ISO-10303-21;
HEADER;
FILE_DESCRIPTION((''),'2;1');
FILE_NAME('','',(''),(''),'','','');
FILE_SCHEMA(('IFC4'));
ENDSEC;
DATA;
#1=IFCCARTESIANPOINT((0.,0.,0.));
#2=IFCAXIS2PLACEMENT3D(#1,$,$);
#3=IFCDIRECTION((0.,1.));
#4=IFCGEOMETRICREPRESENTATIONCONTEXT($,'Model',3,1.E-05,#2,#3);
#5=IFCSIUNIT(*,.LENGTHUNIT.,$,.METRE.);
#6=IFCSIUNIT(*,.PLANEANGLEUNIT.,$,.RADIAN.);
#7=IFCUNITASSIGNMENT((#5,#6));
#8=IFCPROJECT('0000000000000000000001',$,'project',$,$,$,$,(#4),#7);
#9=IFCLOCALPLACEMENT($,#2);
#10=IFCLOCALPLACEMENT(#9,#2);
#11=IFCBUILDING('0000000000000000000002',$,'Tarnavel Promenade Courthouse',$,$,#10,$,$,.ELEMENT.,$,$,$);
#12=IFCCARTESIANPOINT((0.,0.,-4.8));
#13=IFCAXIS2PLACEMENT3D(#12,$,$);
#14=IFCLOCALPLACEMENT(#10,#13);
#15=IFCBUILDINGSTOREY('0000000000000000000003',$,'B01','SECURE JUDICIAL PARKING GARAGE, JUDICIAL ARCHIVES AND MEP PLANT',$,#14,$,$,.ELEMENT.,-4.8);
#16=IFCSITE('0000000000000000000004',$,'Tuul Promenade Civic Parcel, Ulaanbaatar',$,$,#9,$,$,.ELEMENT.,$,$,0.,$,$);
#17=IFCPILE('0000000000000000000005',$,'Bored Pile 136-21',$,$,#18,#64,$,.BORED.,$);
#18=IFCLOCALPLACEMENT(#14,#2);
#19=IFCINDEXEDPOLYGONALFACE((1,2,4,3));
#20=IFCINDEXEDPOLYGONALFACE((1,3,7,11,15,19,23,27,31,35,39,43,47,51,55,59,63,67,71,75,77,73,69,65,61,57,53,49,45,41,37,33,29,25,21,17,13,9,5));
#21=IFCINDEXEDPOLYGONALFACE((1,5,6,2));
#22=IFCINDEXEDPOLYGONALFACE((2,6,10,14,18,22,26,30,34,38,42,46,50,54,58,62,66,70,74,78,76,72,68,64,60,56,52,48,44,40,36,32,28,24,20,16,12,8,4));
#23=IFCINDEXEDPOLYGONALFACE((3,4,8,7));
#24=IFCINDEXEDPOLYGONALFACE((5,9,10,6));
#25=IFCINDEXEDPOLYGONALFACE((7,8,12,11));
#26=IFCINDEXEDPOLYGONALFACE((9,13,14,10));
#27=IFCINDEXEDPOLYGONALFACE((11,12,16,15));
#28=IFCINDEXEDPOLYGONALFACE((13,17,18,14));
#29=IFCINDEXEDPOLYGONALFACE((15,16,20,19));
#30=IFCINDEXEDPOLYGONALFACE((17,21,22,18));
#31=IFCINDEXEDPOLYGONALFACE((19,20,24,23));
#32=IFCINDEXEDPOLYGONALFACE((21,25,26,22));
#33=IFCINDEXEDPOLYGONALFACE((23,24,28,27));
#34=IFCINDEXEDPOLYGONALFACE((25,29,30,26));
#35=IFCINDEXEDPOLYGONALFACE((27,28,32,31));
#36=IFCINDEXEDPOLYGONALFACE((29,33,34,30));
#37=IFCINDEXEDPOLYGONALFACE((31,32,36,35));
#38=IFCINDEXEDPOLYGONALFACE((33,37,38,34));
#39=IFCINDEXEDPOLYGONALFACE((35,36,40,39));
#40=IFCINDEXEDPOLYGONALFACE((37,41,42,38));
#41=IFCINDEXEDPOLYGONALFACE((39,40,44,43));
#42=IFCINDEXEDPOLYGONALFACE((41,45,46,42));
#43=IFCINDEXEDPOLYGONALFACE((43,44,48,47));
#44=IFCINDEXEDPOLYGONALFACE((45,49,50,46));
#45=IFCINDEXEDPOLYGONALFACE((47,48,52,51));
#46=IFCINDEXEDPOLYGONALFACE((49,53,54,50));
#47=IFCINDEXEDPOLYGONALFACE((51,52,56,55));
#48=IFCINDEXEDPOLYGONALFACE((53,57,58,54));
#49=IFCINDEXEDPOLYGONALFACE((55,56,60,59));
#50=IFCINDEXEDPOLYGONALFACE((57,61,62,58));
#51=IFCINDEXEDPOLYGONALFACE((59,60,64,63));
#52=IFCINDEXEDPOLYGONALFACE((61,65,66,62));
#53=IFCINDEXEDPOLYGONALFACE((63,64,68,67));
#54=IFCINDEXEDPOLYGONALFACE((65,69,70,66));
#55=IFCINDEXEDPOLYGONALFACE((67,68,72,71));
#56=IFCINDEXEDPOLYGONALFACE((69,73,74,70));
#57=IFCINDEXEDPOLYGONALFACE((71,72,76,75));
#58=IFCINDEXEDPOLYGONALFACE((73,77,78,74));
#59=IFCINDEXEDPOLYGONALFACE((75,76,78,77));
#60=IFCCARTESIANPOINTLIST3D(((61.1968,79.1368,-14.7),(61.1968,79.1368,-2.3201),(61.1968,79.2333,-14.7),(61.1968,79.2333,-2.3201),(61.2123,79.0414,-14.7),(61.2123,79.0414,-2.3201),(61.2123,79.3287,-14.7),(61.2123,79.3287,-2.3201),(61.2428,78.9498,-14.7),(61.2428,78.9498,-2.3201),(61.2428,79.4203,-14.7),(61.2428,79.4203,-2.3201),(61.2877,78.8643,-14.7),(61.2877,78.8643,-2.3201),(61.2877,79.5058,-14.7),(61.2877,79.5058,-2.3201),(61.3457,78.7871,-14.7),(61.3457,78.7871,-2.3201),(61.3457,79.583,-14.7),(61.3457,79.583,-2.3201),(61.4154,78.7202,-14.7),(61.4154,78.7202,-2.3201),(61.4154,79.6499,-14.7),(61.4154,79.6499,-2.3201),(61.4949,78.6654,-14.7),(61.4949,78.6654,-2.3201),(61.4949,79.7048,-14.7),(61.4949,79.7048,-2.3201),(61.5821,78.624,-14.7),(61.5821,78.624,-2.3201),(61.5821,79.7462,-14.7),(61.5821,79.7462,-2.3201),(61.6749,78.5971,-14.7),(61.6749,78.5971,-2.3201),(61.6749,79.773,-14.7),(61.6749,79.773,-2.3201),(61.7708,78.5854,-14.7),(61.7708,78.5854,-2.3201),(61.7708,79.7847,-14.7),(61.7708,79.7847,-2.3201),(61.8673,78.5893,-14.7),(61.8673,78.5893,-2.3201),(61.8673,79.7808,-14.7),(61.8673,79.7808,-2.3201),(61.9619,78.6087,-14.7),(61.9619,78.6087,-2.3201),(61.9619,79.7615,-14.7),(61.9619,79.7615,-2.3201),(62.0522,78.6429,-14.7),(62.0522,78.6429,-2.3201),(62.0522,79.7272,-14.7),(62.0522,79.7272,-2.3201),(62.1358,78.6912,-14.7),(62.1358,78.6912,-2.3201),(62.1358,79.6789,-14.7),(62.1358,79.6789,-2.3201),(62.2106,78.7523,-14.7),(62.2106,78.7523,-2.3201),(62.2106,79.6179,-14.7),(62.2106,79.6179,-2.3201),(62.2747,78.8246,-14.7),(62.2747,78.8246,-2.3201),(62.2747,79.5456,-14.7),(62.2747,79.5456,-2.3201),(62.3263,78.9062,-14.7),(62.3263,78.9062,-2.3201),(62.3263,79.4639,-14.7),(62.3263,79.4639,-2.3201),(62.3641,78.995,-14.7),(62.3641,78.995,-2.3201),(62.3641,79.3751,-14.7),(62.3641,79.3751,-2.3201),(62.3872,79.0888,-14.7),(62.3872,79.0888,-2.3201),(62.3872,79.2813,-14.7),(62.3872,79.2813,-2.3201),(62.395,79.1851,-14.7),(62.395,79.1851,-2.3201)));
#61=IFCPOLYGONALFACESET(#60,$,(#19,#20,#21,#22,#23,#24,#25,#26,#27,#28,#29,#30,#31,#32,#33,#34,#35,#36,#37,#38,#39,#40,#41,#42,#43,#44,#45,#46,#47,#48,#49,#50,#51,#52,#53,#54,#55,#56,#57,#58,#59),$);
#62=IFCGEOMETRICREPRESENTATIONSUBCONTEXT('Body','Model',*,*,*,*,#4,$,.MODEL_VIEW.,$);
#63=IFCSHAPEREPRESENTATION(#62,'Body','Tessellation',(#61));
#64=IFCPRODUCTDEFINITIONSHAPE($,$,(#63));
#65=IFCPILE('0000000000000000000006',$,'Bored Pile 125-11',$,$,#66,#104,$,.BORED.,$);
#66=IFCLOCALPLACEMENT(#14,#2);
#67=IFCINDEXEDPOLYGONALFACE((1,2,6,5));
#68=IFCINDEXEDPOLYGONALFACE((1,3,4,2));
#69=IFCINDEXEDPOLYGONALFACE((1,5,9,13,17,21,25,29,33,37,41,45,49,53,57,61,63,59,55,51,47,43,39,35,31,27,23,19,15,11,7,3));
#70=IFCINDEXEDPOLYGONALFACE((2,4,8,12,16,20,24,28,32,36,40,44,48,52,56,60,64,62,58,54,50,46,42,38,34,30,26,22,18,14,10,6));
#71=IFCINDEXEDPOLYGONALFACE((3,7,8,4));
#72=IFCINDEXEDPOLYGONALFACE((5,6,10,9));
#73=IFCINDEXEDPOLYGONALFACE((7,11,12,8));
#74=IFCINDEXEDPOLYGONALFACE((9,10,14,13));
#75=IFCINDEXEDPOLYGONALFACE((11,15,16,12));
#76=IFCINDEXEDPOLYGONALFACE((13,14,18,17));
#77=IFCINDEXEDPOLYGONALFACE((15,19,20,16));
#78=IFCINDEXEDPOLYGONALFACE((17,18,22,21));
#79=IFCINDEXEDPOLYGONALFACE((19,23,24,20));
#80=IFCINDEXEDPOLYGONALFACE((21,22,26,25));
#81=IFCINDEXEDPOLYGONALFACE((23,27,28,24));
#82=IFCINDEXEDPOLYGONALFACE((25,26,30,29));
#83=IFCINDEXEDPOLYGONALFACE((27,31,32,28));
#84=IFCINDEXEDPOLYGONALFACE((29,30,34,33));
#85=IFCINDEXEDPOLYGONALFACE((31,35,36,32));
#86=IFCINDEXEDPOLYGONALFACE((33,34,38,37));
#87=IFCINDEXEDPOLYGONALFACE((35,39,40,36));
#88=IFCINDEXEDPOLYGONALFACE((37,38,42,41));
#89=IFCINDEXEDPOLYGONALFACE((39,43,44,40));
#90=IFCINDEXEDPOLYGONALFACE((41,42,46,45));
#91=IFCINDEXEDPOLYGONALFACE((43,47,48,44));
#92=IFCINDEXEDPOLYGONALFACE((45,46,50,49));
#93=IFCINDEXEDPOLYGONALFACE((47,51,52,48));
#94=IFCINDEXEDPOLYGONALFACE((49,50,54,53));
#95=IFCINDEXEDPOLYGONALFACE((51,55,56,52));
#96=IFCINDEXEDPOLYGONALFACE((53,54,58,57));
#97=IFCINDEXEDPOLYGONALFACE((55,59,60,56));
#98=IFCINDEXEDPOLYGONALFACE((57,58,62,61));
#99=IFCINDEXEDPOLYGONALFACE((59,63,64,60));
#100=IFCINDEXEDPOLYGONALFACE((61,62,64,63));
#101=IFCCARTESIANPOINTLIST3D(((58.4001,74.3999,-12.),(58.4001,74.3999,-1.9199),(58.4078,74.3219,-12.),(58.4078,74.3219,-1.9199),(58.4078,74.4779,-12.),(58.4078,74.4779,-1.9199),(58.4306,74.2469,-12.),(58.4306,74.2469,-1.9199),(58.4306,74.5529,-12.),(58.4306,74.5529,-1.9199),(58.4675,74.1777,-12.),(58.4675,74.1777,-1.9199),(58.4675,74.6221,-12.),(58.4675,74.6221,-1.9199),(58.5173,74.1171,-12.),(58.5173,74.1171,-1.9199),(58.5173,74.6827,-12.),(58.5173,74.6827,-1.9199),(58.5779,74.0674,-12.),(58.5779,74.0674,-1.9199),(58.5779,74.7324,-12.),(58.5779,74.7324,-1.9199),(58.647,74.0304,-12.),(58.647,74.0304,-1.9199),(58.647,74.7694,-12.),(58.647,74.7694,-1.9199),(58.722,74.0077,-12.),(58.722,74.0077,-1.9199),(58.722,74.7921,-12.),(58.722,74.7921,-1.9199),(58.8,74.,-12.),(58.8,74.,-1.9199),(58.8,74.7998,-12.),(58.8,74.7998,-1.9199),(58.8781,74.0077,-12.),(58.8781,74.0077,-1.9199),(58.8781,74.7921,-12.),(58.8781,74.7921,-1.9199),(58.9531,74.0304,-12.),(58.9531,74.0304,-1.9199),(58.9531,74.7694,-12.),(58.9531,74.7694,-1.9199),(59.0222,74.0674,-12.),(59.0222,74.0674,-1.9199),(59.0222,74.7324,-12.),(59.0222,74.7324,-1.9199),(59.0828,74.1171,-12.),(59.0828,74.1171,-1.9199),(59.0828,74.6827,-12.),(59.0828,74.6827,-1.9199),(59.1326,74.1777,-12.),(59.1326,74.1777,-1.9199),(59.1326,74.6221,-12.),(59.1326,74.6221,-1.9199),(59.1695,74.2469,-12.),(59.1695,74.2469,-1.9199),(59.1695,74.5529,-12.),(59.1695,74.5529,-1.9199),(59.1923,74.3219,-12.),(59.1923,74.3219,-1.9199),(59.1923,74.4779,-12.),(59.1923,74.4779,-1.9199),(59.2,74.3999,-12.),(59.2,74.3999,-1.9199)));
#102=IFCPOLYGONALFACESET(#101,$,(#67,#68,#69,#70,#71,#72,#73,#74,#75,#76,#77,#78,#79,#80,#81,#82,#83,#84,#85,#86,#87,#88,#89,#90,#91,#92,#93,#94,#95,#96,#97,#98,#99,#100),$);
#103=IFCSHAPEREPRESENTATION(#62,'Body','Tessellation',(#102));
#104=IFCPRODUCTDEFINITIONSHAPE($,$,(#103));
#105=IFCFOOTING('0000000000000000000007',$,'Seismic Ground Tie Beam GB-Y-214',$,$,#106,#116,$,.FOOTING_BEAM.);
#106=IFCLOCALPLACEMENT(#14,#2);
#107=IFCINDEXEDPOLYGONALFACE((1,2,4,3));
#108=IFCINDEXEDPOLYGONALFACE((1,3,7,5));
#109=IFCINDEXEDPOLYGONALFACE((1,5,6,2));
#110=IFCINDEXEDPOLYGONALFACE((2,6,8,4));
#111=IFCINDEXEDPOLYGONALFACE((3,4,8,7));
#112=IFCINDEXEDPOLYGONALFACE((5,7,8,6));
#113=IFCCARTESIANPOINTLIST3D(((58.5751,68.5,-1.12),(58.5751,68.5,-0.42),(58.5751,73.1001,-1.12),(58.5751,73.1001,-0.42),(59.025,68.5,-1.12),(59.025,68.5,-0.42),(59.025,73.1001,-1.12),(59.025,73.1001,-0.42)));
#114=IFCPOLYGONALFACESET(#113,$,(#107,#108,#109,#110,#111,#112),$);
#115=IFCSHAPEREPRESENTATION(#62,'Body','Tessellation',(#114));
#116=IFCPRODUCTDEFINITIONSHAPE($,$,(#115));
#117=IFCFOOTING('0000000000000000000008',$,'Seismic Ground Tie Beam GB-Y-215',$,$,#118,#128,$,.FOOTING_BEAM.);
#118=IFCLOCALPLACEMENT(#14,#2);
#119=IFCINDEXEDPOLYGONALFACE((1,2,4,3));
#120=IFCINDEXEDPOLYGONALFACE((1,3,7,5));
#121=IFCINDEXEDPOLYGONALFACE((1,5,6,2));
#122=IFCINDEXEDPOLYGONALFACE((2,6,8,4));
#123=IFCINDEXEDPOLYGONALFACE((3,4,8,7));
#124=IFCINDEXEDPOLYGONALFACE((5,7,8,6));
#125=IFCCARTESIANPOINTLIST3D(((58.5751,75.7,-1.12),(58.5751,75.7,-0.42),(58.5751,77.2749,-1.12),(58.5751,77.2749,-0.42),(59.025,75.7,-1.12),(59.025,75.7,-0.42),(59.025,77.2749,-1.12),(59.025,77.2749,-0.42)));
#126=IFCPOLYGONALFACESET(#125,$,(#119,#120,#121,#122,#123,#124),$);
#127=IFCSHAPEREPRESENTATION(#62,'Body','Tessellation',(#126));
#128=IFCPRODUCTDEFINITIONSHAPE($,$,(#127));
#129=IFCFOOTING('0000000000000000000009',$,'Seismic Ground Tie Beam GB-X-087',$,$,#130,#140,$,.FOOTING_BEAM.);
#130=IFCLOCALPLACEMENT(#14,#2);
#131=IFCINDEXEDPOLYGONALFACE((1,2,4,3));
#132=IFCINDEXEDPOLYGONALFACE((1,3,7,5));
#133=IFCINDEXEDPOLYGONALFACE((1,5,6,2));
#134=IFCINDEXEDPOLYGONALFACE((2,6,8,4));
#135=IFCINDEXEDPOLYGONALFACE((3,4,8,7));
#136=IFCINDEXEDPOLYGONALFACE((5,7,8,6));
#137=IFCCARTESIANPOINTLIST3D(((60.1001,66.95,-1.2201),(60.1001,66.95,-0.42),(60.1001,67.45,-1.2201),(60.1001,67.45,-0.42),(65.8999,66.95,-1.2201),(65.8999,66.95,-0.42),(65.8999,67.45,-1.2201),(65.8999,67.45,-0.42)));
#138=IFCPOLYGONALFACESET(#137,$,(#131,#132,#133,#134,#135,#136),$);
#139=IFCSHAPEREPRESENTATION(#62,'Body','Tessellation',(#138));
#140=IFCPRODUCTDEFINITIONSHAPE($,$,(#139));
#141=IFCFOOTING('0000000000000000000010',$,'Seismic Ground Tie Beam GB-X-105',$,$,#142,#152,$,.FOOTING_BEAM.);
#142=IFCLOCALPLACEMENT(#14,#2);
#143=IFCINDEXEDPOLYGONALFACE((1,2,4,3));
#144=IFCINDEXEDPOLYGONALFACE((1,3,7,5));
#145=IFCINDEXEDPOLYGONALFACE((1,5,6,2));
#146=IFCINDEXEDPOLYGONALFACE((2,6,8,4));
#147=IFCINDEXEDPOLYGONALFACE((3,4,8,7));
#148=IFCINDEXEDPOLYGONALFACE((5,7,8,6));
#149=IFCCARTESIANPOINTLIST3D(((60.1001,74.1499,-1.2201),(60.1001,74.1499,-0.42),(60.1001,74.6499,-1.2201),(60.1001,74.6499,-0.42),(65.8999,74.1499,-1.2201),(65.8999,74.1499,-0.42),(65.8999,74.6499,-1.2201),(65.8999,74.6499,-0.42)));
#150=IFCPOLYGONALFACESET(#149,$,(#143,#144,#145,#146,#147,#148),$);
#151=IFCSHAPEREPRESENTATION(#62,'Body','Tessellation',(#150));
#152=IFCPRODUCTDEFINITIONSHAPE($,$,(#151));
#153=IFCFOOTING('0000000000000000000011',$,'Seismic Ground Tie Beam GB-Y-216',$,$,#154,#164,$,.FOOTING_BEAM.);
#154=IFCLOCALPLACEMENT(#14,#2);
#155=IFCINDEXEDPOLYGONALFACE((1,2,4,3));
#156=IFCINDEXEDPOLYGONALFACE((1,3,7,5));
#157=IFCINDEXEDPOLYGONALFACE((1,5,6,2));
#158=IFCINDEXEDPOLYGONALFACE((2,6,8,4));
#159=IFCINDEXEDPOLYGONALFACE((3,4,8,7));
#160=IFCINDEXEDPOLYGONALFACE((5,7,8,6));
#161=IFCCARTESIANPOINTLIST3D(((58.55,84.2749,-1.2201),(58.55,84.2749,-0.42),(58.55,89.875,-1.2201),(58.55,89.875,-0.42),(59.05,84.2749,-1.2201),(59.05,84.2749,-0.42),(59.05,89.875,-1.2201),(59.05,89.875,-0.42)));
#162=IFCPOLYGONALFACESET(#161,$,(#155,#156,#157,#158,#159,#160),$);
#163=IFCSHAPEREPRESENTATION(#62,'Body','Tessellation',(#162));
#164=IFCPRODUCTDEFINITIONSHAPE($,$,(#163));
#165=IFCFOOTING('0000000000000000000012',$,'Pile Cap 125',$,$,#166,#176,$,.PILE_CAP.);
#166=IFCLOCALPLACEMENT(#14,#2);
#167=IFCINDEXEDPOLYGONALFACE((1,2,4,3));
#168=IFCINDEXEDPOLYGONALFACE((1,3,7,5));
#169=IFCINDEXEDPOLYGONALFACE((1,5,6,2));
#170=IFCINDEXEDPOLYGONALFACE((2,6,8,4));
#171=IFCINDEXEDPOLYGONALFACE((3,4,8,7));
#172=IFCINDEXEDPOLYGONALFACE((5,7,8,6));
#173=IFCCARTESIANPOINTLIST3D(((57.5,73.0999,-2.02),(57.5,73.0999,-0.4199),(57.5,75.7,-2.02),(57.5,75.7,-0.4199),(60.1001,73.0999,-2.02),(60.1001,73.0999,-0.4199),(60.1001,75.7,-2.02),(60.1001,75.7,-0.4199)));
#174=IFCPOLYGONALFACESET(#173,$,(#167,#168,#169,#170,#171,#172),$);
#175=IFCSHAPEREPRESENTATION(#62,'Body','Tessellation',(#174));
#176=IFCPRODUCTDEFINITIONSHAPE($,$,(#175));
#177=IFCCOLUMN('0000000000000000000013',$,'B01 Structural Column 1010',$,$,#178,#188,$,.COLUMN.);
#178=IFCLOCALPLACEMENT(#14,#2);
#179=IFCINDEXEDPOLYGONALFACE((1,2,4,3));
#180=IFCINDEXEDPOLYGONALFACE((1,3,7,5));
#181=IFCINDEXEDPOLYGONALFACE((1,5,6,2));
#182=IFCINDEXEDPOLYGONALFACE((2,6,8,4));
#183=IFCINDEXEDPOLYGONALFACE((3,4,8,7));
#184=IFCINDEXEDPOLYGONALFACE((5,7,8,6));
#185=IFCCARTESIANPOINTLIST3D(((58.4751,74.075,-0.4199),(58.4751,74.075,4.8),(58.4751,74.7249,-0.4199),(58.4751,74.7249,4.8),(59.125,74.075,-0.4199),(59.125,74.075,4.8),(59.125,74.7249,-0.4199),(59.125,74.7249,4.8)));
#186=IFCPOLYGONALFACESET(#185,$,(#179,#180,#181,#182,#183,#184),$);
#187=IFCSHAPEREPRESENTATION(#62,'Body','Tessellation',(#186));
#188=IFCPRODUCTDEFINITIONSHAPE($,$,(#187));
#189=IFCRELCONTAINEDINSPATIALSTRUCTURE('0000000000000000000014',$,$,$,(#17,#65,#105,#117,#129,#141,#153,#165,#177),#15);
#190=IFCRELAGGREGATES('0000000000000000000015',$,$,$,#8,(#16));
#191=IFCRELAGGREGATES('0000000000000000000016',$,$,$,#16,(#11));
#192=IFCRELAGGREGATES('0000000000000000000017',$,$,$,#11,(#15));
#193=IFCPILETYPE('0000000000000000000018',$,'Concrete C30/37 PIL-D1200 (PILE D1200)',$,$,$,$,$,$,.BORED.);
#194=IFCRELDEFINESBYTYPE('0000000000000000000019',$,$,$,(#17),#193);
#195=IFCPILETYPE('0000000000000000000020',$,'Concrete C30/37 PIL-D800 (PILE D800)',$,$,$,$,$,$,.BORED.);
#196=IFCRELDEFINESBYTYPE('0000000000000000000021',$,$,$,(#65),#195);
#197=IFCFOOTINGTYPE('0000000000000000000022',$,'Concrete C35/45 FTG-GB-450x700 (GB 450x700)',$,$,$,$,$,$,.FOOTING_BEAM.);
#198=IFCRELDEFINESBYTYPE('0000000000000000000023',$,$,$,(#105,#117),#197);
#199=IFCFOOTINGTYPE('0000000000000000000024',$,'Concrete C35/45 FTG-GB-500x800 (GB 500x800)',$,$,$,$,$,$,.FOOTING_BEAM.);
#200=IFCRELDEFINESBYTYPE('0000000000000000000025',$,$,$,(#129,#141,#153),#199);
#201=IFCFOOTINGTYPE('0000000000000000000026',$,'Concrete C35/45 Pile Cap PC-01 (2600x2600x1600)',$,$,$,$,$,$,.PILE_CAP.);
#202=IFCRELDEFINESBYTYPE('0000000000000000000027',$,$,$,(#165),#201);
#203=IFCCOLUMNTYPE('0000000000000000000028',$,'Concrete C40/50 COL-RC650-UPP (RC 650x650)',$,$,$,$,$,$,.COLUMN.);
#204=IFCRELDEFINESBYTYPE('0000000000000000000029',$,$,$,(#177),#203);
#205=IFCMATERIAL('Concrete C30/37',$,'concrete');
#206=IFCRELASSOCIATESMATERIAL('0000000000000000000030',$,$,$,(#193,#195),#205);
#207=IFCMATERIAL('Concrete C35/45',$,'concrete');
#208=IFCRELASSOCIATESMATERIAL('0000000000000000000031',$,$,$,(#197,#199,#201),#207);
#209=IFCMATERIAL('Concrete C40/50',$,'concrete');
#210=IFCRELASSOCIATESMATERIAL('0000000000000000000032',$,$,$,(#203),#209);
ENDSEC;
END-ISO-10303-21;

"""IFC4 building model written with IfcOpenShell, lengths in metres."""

from ifc_helpers import new_model, si_unit, direction, frame, origin, origin_2d, place, context, subcontext, project, spatial, rectangle, circle, extrude, material, material_profile, profile_set, type_object, element, save


model = new_model("IFC4")

# Units and contexts
model_context = context("Model", 3, precision=1e-05, world=origin(), true_north=direction((0.0, 1.0)))
body_context = subcontext(model_context, "Body", "Model", "MODEL_VIEW")
ifc_project = project(units=[si_unit("LENGTHUNIT", "METRE"), si_unit("PLANEANGLEUNIT", "RADIAN")], contexts=[model_context])

# Site, building, storey
site_placement = place(None, origin())
site = spatial("IfcSite", under=ifc_project, at=site_placement, Name="Tuul Promenade Civic Parcel, Ulaanbaatar", CompositionType="ELEMENT", RefElevation=0.0)
building_placement = place(site_placement, origin())
building = spatial("IfcBuilding", under=site, at=building_placement, Name="Tarnavel Promenade Courthouse", CompositionType="ELEMENT")
storey_placement = place(building_placement, frame((0.0, 0.0, -4.8)))
storey = spatial("IfcBuildingStorey", under=building, at=storey_placement, Name="B01", Description="SECURE JUDICIAL PARKING GARAGE, JUDICIAL ARCHIVES AND MEP PLANT", CompositionType="ELEMENT", Elevation=-4.8)

# Piles
ifc_material_1 = material(Name="Concrete C30/37", Category="concrete")
ifc_material_profile_1 = material_profile(ifc_material_1, circle(Radius=0.6001, at=origin_2d()), Name="PILE D1200")
ifc_profile_set_1 = profile_set([ifc_material_profile_1], Name="Concrete C30/37")
pile_type_1 = type_object("IfcPileType", Name="Concrete C30/37 PIL-D1200 (PILE D1200)", PredefinedType="BORED", material=ifc_profile_set_1)
pile_1_placement = place(storey_placement, frame((61.7949, 79.1851, -2.3201), z_axis=(0.0, 0.0, -1.0), x_axis=(1.0, 0.0, 0.0)))
element("IfcPile", 1, at=pile_1_placement, inside=storey, type_object=pile_type_1, Name="Bored Pile 136-21", PredefinedType="BORED", context=body_context, shape_type="SweptSolid", body=[
    extrude(circle(Radius=0.6001, at=origin_2d()), origin(), (0.0, 0.0, 1.0), 12.3799),
])
ifc_material_profile_2 = material_profile(ifc_material_1, circle(Radius=0.3999, at=origin_2d()), Name="PILE D800")
ifc_profile_set_2 = profile_set([ifc_material_profile_2], Name="Concrete C30/37")
pile_type_2 = type_object("IfcPileType", Name="Concrete C30/37 PIL-D800 (PILE D800)", PredefinedType="BORED", material=ifc_profile_set_2)
pile_2_placement = place(storey_placement, frame((58.8, 74.3999, -1.9199), z_axis=(0.0, 0.0, -1.0), x_axis=(1.0, 0.0, 0.0)))
element("IfcPile", 2, at=pile_2_placement, inside=storey, type_object=pile_type_2, Name="Bored Pile 125-11", PredefinedType="BORED", context=body_context, shape_type="SweptSolid", body=[
    extrude(circle(Radius=0.3999, at=origin_2d()), origin(), (0.0, 0.0, 1.0), 10.0801),
])

# Footings
ifc_material_2 = material(Name="Concrete C35/45", Category="concrete")
ifc_material_profile_3 = material_profile(ifc_material_2, rectangle(XDim=0.45, YDim=0.7, at=origin_2d()), Name="GB 450x700")
ifc_profile_set_3 = profile_set([ifc_material_profile_3], Name="Concrete C35/45")
footing_type_1 = type_object("IfcFootingType", Name="Concrete C35/45 FTG-GB-450x700 (GB 450x700)", PredefinedType="FOOTING_BEAM", material=ifc_profile_set_3)
footing_1_placement = place(storey_placement, frame((58.8, 68.5, -0.77), z_axis=(0.0, 1.0, 0.0), x_axis=(-1.0, 0.0, 0.0)))
element("IfcFooting", 3, at=footing_1_placement, inside=storey, type_object=footing_type_1, Name="Seismic Ground Tie Beam GB-Y-214", PredefinedType="FOOTING_BEAM", context=body_context, shape_type="SweptSolid", body=[
    extrude(rectangle(XDim=0.45, YDim=0.7, at=origin_2d()), origin(), (0.0, 0.0, 1.0), 4.6001),
])
footing_2_placement = place(storey_placement, frame((58.8, 75.7, -0.77), z_axis=(0.0, 1.0, 0.0), x_axis=(-1.0, 0.0, 0.0)))
element("IfcFooting", 4, at=footing_2_placement, inside=storey, type_object=footing_type_1, Name="Seismic Ground Tie Beam GB-Y-215", PredefinedType="FOOTING_BEAM", context=body_context, shape_type="SweptSolid", body=[
    extrude(rectangle(XDim=0.45, YDim=0.7, at=origin_2d()), origin(), (0.0, 0.0, 1.0), 1.575),
])
ifc_material_profile_4 = material_profile(ifc_material_2, rectangle(XDim=0.5, YDim=0.8, at=origin_2d()), Name="GB 500x800")
ifc_profile_set_4 = profile_set([ifc_material_profile_4], Name="Concrete C35/45")
footing_type_2 = type_object("IfcFootingType", Name="Concrete C35/45 FTG-GB-500x800 (GB 500x800)", PredefinedType="FOOTING_BEAM", material=ifc_profile_set_4)
for number, where, z_axis, x_axis, name in (
    (5, (60.1001, 67.2, -0.8201), (1.0, 0.0, 0.0), (0.0, 1.0, 0.0), "Seismic Ground Tie Beam GB-X-087"),
    (6, (60.1001, 74.3999, -0.8201), (1.0, 0.0, 0.0), (0.0, 1.0, 0.0), "Seismic Ground Tie Beam GB-X-105"),
):
    element("IfcFooting", number, at=place(storey_placement, frame(where, z_axis=z_axis, x_axis=x_axis)), inside=storey, type_object=footing_type_2, Name=name, PredefinedType="FOOTING_BEAM", context=body_context, shape_type="SweptSolid", body=[
        extrude(rectangle(XDim=0.5, YDim=0.8, at=origin_2d()), origin(), (0.0, 0.0, 1.0), 5.7998),
    ])
footing_3_placement = place(storey_placement, frame((58.8, 84.2749, -0.8201), z_axis=(0.0, 1.0, 0.0), x_axis=(-1.0, 0.0, 0.0)))
element("IfcFooting", 7, at=footing_3_placement, inside=storey, type_object=footing_type_2, Name="Seismic Ground Tie Beam GB-Y-216", PredefinedType="FOOTING_BEAM", context=body_context, shape_type="SweptSolid", body=[
    extrude(rectangle(XDim=0.5, YDim=0.8, at=origin_2d()), origin(), (0.0, 0.0, 1.0), 5.6001),
])
footing_type_3 = type_object("IfcFootingType", Name="Concrete C35/45 Pile Cap PC-01 (2600x2600x1600)", PredefinedType="PILE_CAP", material=ifc_material_2)
footing_4_placement = place(storey_placement, frame((58.8, 74.3999, -2.02), z_axis=(0.0, 0.0, 1.0), x_axis=(1.0, 0.0, 0.0)))
element("IfcFooting", 8, at=footing_4_placement, inside=storey, type_object=footing_type_3, Name="Pile Cap 125", PredefinedType="PILE_CAP", context=body_context, shape_type="SweptSolid", body=[
    extrude(rectangle(XDim=2.6001, YDim=2.6001, at=origin_2d()), origin(), (0.0, 0.0, 1.0), 1.6001),
])

# Column
ifc_material_3 = material(Name="Concrete C40/50", Category="concrete")
ifc_material_profile_5 = material_profile(ifc_material_3, rectangle(XDim=0.6499, YDim=0.6499, at=origin_2d()), Name="RC 650x650")
ifc_profile_set_5 = profile_set([ifc_material_profile_5], Name="Concrete C40/50")
column_type_1 = type_object("IfcColumnType", Name="Concrete C40/50 COL-RC650-UPP (RC 650x650)", PredefinedType="COLUMN", material=ifc_profile_set_5)
column_1_placement = place(storey_placement, frame((58.8, 74.3999, -0.4199), z_axis=(0.0, 0.0, 1.0), x_axis=(1.0, 0.0, 0.0)))
element("IfcColumn", 9, at=column_1_placement, inside=storey, type_object=column_type_1, Name="B01 Structural Column 1010", PredefinedType="COLUMN", context=body_context, shape_type="SweptSolid", body=[
    extrude(rectangle(XDim=0.6499, YDim=0.6499, at=origin_2d()), origin(), (0.0, 0.0, 1.0), 5.22),
])

save(model, "model.ifc")
